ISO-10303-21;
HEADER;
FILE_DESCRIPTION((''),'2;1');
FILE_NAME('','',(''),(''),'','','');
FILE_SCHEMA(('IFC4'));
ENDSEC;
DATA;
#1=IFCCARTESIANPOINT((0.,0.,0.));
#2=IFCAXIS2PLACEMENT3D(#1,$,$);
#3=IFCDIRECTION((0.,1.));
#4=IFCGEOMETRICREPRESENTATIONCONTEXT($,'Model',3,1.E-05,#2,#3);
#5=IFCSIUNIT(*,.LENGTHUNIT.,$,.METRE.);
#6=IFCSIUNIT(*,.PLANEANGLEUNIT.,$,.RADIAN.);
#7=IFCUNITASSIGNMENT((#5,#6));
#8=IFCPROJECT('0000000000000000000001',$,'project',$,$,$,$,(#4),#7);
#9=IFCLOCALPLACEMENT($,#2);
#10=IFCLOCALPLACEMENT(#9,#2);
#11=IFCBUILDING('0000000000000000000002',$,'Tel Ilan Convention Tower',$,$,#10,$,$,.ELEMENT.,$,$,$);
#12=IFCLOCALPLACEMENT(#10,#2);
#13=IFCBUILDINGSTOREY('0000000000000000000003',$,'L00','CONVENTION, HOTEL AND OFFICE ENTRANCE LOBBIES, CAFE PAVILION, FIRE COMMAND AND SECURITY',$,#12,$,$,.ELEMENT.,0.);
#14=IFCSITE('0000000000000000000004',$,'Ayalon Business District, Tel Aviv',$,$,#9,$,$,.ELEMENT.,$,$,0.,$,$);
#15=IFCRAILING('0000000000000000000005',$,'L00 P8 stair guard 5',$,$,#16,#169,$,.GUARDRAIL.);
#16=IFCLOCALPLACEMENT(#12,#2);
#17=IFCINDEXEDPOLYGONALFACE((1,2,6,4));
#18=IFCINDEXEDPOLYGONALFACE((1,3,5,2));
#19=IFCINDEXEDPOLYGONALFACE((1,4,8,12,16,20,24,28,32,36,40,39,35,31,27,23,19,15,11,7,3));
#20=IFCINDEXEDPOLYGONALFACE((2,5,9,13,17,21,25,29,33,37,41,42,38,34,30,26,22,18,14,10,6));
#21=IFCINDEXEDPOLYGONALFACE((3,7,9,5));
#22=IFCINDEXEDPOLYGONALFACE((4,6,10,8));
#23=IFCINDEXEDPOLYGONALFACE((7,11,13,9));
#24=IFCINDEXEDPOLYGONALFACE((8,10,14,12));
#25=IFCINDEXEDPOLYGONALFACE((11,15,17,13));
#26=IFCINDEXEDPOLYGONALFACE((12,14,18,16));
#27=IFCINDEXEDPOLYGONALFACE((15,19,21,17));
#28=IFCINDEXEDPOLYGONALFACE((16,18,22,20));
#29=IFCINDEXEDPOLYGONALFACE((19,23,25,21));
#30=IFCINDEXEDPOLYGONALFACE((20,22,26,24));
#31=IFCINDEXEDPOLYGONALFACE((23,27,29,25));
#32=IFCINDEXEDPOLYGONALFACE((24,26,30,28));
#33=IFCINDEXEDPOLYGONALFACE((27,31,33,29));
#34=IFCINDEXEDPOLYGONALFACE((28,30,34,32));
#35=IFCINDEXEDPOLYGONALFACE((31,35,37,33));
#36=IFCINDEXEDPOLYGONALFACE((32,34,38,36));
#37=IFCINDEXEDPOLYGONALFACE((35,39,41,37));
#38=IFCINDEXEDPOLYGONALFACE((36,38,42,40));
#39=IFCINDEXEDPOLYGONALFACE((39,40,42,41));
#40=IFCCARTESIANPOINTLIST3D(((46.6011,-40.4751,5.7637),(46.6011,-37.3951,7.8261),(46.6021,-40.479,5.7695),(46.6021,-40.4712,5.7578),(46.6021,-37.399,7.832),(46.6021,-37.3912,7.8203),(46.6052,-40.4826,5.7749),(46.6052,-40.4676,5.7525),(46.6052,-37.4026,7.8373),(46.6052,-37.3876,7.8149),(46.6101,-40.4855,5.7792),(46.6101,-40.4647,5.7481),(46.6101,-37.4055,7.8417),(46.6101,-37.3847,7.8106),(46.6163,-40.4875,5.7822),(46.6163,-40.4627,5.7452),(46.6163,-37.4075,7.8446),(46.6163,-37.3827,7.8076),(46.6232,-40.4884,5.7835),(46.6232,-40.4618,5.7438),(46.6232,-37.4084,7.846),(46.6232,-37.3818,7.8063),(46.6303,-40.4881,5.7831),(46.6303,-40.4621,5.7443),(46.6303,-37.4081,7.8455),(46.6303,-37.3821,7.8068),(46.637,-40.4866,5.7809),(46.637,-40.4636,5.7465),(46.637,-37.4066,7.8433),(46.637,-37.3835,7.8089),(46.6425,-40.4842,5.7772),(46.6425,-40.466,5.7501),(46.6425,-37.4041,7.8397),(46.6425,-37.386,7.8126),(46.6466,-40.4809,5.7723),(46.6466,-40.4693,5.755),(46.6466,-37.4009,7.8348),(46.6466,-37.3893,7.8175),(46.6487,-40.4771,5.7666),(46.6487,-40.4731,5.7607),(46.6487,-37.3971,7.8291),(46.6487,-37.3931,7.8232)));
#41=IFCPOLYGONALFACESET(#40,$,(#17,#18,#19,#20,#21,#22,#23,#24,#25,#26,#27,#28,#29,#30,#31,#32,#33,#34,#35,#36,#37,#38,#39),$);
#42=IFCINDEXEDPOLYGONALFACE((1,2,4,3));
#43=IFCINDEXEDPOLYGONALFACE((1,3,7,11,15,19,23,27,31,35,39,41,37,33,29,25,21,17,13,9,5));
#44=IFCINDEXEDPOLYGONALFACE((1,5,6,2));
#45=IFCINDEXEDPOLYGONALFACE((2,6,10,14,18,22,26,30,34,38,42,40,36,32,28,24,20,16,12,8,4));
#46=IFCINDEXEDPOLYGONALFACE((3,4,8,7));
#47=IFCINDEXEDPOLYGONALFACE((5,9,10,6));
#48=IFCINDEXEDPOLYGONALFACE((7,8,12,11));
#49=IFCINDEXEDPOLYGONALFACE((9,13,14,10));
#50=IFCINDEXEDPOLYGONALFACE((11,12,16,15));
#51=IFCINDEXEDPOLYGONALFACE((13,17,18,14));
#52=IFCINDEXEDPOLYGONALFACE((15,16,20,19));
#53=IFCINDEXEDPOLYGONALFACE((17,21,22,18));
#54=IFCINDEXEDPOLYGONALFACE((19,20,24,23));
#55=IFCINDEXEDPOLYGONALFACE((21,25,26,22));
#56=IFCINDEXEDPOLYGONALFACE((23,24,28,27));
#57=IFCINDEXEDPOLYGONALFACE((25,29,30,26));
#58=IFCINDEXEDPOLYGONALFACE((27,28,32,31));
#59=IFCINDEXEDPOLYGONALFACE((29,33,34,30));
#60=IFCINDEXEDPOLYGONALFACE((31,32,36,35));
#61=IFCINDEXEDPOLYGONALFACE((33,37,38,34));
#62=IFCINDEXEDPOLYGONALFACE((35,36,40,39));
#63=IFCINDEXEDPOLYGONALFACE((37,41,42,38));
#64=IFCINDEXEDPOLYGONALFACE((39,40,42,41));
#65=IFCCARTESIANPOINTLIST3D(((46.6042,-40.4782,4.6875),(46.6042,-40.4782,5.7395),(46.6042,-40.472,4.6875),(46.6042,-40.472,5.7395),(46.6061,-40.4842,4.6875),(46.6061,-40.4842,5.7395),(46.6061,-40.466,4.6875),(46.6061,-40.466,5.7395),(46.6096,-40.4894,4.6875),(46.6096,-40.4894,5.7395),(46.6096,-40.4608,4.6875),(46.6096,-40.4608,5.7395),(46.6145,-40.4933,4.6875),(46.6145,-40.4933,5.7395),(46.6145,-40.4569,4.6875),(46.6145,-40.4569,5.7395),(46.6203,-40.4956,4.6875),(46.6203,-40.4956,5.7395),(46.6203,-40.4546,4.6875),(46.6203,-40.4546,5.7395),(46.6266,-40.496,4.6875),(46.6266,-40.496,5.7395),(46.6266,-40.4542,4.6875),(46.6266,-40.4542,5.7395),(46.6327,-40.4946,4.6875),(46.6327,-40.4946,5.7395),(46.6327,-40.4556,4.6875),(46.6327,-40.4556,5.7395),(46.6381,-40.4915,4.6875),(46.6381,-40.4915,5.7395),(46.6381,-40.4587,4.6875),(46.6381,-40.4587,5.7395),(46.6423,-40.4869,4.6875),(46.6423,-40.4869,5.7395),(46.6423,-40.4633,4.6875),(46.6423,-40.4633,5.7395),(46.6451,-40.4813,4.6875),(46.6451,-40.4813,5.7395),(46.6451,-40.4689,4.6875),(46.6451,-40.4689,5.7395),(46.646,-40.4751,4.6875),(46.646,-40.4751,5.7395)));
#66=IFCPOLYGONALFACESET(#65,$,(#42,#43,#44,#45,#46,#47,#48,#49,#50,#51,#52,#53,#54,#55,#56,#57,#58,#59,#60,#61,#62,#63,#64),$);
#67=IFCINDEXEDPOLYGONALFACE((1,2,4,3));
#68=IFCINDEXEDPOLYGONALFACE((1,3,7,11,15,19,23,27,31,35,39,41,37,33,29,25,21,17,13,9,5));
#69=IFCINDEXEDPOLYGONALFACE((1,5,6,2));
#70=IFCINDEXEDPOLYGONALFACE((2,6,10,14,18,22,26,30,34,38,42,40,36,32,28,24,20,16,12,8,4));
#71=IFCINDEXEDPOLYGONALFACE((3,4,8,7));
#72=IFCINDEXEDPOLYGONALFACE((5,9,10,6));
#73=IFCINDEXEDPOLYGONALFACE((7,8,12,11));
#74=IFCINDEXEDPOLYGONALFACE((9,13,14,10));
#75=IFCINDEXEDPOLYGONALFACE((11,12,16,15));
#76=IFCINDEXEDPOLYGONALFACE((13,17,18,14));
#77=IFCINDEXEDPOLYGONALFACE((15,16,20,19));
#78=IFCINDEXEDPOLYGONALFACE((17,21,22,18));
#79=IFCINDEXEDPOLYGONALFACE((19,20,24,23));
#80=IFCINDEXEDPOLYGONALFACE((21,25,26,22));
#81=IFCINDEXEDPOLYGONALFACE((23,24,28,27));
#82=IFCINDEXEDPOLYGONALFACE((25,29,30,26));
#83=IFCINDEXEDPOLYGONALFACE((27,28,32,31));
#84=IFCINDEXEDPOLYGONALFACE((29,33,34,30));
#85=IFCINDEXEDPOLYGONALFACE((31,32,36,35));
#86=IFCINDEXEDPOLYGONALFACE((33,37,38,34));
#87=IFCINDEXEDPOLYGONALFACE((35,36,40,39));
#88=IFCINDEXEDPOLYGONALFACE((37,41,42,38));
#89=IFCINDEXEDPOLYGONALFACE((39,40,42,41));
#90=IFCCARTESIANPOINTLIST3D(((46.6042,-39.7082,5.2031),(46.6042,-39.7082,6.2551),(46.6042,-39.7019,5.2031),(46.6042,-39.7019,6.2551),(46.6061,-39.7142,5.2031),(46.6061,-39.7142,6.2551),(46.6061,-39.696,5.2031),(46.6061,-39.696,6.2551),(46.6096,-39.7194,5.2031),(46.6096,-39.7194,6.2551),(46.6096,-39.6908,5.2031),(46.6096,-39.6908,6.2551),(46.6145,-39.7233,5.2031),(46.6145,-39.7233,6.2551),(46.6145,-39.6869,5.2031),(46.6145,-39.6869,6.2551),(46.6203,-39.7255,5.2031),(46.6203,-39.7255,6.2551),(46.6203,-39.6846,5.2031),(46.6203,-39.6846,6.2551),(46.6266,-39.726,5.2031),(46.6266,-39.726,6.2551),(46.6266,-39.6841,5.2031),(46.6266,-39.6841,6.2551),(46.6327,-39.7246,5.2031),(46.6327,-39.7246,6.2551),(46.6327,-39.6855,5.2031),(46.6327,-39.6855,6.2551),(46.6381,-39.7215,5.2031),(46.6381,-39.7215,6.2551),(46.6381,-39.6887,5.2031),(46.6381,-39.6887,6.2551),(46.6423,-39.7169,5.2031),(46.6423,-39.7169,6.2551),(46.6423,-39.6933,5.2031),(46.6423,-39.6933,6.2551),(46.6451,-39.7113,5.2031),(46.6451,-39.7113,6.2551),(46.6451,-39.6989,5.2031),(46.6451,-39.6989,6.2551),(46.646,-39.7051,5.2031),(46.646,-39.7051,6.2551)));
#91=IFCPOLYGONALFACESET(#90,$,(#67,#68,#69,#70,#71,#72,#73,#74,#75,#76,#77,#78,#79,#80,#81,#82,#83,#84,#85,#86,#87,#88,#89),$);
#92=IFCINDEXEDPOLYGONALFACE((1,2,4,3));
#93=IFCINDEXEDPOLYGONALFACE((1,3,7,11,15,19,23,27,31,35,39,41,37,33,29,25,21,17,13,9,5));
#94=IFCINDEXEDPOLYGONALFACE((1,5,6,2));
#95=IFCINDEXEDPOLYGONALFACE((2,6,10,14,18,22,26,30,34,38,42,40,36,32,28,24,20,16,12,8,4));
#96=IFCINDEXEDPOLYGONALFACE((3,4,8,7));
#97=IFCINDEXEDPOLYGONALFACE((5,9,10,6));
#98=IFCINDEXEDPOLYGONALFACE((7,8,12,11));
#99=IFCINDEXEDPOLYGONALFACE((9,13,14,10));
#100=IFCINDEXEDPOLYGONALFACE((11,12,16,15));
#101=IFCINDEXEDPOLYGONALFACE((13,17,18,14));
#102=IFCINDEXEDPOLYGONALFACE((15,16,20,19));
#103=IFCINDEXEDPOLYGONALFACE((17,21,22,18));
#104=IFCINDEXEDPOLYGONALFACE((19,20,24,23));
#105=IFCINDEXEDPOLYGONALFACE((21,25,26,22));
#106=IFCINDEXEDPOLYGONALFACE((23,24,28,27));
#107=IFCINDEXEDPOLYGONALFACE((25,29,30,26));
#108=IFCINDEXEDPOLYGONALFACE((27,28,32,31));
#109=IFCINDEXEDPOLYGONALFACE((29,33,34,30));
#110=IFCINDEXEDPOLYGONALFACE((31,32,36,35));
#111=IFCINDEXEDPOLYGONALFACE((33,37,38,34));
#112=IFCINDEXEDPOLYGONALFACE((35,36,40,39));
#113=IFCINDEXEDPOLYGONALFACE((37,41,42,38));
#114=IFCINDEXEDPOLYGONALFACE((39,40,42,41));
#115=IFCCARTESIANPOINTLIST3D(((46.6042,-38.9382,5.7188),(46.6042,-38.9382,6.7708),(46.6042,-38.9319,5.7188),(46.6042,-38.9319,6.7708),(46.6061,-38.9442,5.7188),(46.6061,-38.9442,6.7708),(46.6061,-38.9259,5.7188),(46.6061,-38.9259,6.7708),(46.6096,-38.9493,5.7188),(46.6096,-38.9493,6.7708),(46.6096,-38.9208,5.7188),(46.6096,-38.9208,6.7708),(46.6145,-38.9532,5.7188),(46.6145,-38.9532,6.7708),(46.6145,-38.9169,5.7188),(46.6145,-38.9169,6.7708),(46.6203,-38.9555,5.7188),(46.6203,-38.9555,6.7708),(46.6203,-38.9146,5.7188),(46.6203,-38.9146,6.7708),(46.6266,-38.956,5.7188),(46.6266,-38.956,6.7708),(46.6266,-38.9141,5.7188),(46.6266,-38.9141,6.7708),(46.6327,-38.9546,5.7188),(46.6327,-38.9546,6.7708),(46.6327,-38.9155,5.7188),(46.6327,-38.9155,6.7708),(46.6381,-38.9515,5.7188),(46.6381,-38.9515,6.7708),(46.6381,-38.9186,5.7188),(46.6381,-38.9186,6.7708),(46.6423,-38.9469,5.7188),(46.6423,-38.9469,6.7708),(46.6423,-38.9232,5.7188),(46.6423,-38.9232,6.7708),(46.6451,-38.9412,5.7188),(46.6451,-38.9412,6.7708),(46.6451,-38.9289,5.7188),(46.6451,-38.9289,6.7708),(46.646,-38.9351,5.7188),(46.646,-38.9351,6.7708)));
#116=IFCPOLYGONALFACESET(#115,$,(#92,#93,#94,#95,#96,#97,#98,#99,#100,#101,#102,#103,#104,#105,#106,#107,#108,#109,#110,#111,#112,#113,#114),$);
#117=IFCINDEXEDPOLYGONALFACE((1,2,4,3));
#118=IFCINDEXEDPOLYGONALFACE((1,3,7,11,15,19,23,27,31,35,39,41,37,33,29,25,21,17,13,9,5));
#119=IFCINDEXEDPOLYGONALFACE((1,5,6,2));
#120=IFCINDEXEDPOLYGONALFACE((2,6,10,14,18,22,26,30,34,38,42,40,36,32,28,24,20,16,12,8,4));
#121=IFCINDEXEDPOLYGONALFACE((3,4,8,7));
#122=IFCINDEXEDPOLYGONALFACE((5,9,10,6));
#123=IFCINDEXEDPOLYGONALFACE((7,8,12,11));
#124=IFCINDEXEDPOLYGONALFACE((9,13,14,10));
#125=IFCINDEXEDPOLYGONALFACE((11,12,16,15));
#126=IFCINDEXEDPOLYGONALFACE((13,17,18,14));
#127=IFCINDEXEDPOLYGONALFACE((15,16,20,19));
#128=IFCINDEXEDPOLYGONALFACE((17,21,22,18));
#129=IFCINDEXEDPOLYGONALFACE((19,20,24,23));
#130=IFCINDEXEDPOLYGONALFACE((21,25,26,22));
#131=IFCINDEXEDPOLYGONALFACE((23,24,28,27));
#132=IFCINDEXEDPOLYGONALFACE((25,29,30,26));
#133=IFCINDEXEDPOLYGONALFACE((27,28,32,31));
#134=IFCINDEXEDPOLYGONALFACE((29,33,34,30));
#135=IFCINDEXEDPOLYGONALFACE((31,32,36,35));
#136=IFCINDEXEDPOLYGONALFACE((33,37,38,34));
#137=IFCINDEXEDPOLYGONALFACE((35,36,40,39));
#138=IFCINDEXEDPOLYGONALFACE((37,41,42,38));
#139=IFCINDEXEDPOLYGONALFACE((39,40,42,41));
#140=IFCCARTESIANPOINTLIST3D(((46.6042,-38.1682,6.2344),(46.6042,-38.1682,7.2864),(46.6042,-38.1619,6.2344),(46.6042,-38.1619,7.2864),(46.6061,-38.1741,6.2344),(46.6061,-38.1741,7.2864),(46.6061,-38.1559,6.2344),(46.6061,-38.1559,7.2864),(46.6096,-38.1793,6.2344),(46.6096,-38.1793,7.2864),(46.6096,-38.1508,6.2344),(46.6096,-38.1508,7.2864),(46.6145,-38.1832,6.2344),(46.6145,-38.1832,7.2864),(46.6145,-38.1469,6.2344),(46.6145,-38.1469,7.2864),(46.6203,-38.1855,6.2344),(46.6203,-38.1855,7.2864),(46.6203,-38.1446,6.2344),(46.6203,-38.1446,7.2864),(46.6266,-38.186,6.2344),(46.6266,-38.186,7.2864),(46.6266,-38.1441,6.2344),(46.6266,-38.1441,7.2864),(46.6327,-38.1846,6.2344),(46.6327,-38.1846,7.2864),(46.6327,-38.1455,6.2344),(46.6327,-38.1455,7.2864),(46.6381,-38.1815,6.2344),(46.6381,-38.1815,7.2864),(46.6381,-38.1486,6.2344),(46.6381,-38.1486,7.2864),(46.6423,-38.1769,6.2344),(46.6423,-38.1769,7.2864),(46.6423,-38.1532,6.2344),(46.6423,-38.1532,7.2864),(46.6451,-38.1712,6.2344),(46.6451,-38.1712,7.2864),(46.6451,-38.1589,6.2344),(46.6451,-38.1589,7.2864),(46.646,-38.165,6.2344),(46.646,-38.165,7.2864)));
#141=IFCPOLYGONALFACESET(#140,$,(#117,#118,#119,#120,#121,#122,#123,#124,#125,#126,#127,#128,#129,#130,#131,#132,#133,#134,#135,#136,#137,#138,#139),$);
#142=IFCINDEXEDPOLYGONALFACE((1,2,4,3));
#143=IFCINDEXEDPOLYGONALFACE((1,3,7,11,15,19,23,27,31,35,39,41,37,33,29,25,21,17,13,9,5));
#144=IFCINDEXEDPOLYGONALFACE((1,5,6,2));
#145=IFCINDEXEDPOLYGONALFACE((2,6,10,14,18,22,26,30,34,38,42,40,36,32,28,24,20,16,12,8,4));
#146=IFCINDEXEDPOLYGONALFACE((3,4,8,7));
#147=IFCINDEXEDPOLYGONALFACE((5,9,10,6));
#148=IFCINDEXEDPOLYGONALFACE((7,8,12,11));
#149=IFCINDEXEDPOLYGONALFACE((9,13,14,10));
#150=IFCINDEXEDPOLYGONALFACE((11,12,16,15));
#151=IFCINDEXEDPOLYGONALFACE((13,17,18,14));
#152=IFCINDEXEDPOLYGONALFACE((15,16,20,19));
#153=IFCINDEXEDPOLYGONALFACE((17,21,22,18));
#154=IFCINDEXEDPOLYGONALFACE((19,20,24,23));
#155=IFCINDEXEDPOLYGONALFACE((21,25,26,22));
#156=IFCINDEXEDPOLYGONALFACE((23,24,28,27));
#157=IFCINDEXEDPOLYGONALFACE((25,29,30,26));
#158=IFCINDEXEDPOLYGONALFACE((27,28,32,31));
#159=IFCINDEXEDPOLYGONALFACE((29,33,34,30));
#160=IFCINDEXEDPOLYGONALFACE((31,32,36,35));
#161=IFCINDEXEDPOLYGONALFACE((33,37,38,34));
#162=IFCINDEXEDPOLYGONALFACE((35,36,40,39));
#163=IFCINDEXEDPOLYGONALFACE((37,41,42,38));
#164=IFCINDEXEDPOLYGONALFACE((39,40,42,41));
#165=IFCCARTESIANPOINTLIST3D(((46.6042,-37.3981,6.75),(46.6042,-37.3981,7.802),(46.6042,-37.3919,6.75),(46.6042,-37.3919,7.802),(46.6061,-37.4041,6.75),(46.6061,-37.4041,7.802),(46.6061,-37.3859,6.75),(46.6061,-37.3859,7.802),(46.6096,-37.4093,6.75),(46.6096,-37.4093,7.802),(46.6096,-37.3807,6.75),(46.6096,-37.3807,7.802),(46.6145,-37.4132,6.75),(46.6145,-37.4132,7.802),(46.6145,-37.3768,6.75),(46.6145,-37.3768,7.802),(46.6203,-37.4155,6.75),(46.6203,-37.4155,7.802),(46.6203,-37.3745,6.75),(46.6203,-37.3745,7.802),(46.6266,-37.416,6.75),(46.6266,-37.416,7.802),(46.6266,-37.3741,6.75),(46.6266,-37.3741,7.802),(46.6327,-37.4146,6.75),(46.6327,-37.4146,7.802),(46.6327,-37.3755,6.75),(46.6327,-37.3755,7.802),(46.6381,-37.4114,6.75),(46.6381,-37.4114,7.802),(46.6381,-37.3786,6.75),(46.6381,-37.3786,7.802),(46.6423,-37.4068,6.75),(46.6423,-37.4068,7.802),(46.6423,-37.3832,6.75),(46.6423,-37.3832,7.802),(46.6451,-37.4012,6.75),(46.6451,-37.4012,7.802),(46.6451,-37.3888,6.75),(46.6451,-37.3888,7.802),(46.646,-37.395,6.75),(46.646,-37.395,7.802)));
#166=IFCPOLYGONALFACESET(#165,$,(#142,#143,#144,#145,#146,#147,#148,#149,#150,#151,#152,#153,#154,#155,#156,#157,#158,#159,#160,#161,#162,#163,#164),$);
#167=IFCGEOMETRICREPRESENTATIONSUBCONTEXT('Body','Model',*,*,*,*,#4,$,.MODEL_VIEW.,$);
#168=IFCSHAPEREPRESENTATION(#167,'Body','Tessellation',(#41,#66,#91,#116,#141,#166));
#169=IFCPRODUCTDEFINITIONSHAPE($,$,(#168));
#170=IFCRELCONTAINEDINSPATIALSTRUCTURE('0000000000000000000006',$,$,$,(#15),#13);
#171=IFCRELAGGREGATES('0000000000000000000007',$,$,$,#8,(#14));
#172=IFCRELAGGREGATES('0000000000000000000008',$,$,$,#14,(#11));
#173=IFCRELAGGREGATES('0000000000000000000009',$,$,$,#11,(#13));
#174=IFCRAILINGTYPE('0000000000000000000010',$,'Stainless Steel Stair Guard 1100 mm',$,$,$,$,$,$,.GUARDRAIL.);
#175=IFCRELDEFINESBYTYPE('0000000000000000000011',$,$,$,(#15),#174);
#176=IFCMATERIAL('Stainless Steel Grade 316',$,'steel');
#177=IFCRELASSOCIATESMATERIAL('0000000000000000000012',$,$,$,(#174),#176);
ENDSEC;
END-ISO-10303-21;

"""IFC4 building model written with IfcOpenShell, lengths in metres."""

from ifc_helpers import new_model, si_unit, direction, frame, origin, origin_2d, place, context, subcontext, project, spatial, circle, extrude, material, type_object, element, save


model = new_model("IFC4")

# Units and contexts
model_context = context("Model", 3, precision=1e-05, world=origin(), true_north=direction((0.0, 1.0)))
body_context = subcontext(model_context, "Body", "Model", "MODEL_VIEW")
ifc_project = project(units=[si_unit("LENGTHUNIT", "METRE"), si_unit("PLANEANGLEUNIT", "RADIAN")], contexts=[model_context])

# Site, building, storey
site_placement = place(None, origin())
site = spatial("IfcSite", under=ifc_project, at=site_placement, Name="Ayalon Business District, Tel Aviv", CompositionType="ELEMENT", RefElevation=0.0)
building_placement = place(site_placement, origin())
building = spatial("IfcBuilding", under=site, at=building_placement, Name="Tel Ilan Convention Tower", CompositionType="ELEMENT")
storey_placement = place(building_placement, origin())
storey = spatial("IfcBuildingStorey", under=building, at=storey_placement, Name="L00", Description="CONVENTION, HOTEL AND OFFICE ENTRANCE LOBBIES, CAFE PAVILION, FIRE COMMAND AND SECURITY", CompositionType="ELEMENT", Elevation=0.0)

# Railing
ifc_material_1 = material(Name="Stainless Steel Grade 316", Category="steel")
railing_type_1 = type_object("IfcRailingType", Name="Stainless Steel Stair Guard 1100 mm", PredefinedType="GUARDRAIL", material=ifc_material_1)
railing_1_placement = place(storey_placement, frame((46.625, -40.4751, 4.6875)))
element("IfcRailing", 1, at=railing_1_placement, inside=storey, type_object=railing_type_1, Name="L00 P8 stair guard 5", PredefinedType="GUARDRAIL", context=body_context, shape_type="SweptSolid", body=[
    extrude(circle(Radius=0.0239, at=origin_2d()), frame((0.0, 0.0, 1.0762), z_axis=(0.0, 0.830914, 0.556401), x_axis=(-1.0, 0.0, 0.0)), (0.0, 0.0, 1.0), 3.7068),
    extrude(circle(Radius=0.021, at=origin_2d()), origin(), (0.0, 0.0, 1.0), 1.052),
    extrude(circle(Radius=0.021, at=origin_2d()), frame((0.0, 0.77, 0.5156)), (0.0, 0.0, 1.0), 1.052),
    extrude(circle(Radius=0.021, at=origin_2d()), frame((0.0, 1.54, 1.0312)), (0.0, 0.0, 1.0), 1.052),
    extrude(circle(Radius=0.021, at=origin_2d()), frame((0.0, 2.3101, 1.5469)), (0.0, 0.0, 1.0), 1.052),
    extrude(circle(Radius=0.021, at=origin_2d()), frame((0.0, 3.0801, 2.0625)), (0.0, 0.0, 1.0), 1.052),
])

save(model, "model.ifc")
